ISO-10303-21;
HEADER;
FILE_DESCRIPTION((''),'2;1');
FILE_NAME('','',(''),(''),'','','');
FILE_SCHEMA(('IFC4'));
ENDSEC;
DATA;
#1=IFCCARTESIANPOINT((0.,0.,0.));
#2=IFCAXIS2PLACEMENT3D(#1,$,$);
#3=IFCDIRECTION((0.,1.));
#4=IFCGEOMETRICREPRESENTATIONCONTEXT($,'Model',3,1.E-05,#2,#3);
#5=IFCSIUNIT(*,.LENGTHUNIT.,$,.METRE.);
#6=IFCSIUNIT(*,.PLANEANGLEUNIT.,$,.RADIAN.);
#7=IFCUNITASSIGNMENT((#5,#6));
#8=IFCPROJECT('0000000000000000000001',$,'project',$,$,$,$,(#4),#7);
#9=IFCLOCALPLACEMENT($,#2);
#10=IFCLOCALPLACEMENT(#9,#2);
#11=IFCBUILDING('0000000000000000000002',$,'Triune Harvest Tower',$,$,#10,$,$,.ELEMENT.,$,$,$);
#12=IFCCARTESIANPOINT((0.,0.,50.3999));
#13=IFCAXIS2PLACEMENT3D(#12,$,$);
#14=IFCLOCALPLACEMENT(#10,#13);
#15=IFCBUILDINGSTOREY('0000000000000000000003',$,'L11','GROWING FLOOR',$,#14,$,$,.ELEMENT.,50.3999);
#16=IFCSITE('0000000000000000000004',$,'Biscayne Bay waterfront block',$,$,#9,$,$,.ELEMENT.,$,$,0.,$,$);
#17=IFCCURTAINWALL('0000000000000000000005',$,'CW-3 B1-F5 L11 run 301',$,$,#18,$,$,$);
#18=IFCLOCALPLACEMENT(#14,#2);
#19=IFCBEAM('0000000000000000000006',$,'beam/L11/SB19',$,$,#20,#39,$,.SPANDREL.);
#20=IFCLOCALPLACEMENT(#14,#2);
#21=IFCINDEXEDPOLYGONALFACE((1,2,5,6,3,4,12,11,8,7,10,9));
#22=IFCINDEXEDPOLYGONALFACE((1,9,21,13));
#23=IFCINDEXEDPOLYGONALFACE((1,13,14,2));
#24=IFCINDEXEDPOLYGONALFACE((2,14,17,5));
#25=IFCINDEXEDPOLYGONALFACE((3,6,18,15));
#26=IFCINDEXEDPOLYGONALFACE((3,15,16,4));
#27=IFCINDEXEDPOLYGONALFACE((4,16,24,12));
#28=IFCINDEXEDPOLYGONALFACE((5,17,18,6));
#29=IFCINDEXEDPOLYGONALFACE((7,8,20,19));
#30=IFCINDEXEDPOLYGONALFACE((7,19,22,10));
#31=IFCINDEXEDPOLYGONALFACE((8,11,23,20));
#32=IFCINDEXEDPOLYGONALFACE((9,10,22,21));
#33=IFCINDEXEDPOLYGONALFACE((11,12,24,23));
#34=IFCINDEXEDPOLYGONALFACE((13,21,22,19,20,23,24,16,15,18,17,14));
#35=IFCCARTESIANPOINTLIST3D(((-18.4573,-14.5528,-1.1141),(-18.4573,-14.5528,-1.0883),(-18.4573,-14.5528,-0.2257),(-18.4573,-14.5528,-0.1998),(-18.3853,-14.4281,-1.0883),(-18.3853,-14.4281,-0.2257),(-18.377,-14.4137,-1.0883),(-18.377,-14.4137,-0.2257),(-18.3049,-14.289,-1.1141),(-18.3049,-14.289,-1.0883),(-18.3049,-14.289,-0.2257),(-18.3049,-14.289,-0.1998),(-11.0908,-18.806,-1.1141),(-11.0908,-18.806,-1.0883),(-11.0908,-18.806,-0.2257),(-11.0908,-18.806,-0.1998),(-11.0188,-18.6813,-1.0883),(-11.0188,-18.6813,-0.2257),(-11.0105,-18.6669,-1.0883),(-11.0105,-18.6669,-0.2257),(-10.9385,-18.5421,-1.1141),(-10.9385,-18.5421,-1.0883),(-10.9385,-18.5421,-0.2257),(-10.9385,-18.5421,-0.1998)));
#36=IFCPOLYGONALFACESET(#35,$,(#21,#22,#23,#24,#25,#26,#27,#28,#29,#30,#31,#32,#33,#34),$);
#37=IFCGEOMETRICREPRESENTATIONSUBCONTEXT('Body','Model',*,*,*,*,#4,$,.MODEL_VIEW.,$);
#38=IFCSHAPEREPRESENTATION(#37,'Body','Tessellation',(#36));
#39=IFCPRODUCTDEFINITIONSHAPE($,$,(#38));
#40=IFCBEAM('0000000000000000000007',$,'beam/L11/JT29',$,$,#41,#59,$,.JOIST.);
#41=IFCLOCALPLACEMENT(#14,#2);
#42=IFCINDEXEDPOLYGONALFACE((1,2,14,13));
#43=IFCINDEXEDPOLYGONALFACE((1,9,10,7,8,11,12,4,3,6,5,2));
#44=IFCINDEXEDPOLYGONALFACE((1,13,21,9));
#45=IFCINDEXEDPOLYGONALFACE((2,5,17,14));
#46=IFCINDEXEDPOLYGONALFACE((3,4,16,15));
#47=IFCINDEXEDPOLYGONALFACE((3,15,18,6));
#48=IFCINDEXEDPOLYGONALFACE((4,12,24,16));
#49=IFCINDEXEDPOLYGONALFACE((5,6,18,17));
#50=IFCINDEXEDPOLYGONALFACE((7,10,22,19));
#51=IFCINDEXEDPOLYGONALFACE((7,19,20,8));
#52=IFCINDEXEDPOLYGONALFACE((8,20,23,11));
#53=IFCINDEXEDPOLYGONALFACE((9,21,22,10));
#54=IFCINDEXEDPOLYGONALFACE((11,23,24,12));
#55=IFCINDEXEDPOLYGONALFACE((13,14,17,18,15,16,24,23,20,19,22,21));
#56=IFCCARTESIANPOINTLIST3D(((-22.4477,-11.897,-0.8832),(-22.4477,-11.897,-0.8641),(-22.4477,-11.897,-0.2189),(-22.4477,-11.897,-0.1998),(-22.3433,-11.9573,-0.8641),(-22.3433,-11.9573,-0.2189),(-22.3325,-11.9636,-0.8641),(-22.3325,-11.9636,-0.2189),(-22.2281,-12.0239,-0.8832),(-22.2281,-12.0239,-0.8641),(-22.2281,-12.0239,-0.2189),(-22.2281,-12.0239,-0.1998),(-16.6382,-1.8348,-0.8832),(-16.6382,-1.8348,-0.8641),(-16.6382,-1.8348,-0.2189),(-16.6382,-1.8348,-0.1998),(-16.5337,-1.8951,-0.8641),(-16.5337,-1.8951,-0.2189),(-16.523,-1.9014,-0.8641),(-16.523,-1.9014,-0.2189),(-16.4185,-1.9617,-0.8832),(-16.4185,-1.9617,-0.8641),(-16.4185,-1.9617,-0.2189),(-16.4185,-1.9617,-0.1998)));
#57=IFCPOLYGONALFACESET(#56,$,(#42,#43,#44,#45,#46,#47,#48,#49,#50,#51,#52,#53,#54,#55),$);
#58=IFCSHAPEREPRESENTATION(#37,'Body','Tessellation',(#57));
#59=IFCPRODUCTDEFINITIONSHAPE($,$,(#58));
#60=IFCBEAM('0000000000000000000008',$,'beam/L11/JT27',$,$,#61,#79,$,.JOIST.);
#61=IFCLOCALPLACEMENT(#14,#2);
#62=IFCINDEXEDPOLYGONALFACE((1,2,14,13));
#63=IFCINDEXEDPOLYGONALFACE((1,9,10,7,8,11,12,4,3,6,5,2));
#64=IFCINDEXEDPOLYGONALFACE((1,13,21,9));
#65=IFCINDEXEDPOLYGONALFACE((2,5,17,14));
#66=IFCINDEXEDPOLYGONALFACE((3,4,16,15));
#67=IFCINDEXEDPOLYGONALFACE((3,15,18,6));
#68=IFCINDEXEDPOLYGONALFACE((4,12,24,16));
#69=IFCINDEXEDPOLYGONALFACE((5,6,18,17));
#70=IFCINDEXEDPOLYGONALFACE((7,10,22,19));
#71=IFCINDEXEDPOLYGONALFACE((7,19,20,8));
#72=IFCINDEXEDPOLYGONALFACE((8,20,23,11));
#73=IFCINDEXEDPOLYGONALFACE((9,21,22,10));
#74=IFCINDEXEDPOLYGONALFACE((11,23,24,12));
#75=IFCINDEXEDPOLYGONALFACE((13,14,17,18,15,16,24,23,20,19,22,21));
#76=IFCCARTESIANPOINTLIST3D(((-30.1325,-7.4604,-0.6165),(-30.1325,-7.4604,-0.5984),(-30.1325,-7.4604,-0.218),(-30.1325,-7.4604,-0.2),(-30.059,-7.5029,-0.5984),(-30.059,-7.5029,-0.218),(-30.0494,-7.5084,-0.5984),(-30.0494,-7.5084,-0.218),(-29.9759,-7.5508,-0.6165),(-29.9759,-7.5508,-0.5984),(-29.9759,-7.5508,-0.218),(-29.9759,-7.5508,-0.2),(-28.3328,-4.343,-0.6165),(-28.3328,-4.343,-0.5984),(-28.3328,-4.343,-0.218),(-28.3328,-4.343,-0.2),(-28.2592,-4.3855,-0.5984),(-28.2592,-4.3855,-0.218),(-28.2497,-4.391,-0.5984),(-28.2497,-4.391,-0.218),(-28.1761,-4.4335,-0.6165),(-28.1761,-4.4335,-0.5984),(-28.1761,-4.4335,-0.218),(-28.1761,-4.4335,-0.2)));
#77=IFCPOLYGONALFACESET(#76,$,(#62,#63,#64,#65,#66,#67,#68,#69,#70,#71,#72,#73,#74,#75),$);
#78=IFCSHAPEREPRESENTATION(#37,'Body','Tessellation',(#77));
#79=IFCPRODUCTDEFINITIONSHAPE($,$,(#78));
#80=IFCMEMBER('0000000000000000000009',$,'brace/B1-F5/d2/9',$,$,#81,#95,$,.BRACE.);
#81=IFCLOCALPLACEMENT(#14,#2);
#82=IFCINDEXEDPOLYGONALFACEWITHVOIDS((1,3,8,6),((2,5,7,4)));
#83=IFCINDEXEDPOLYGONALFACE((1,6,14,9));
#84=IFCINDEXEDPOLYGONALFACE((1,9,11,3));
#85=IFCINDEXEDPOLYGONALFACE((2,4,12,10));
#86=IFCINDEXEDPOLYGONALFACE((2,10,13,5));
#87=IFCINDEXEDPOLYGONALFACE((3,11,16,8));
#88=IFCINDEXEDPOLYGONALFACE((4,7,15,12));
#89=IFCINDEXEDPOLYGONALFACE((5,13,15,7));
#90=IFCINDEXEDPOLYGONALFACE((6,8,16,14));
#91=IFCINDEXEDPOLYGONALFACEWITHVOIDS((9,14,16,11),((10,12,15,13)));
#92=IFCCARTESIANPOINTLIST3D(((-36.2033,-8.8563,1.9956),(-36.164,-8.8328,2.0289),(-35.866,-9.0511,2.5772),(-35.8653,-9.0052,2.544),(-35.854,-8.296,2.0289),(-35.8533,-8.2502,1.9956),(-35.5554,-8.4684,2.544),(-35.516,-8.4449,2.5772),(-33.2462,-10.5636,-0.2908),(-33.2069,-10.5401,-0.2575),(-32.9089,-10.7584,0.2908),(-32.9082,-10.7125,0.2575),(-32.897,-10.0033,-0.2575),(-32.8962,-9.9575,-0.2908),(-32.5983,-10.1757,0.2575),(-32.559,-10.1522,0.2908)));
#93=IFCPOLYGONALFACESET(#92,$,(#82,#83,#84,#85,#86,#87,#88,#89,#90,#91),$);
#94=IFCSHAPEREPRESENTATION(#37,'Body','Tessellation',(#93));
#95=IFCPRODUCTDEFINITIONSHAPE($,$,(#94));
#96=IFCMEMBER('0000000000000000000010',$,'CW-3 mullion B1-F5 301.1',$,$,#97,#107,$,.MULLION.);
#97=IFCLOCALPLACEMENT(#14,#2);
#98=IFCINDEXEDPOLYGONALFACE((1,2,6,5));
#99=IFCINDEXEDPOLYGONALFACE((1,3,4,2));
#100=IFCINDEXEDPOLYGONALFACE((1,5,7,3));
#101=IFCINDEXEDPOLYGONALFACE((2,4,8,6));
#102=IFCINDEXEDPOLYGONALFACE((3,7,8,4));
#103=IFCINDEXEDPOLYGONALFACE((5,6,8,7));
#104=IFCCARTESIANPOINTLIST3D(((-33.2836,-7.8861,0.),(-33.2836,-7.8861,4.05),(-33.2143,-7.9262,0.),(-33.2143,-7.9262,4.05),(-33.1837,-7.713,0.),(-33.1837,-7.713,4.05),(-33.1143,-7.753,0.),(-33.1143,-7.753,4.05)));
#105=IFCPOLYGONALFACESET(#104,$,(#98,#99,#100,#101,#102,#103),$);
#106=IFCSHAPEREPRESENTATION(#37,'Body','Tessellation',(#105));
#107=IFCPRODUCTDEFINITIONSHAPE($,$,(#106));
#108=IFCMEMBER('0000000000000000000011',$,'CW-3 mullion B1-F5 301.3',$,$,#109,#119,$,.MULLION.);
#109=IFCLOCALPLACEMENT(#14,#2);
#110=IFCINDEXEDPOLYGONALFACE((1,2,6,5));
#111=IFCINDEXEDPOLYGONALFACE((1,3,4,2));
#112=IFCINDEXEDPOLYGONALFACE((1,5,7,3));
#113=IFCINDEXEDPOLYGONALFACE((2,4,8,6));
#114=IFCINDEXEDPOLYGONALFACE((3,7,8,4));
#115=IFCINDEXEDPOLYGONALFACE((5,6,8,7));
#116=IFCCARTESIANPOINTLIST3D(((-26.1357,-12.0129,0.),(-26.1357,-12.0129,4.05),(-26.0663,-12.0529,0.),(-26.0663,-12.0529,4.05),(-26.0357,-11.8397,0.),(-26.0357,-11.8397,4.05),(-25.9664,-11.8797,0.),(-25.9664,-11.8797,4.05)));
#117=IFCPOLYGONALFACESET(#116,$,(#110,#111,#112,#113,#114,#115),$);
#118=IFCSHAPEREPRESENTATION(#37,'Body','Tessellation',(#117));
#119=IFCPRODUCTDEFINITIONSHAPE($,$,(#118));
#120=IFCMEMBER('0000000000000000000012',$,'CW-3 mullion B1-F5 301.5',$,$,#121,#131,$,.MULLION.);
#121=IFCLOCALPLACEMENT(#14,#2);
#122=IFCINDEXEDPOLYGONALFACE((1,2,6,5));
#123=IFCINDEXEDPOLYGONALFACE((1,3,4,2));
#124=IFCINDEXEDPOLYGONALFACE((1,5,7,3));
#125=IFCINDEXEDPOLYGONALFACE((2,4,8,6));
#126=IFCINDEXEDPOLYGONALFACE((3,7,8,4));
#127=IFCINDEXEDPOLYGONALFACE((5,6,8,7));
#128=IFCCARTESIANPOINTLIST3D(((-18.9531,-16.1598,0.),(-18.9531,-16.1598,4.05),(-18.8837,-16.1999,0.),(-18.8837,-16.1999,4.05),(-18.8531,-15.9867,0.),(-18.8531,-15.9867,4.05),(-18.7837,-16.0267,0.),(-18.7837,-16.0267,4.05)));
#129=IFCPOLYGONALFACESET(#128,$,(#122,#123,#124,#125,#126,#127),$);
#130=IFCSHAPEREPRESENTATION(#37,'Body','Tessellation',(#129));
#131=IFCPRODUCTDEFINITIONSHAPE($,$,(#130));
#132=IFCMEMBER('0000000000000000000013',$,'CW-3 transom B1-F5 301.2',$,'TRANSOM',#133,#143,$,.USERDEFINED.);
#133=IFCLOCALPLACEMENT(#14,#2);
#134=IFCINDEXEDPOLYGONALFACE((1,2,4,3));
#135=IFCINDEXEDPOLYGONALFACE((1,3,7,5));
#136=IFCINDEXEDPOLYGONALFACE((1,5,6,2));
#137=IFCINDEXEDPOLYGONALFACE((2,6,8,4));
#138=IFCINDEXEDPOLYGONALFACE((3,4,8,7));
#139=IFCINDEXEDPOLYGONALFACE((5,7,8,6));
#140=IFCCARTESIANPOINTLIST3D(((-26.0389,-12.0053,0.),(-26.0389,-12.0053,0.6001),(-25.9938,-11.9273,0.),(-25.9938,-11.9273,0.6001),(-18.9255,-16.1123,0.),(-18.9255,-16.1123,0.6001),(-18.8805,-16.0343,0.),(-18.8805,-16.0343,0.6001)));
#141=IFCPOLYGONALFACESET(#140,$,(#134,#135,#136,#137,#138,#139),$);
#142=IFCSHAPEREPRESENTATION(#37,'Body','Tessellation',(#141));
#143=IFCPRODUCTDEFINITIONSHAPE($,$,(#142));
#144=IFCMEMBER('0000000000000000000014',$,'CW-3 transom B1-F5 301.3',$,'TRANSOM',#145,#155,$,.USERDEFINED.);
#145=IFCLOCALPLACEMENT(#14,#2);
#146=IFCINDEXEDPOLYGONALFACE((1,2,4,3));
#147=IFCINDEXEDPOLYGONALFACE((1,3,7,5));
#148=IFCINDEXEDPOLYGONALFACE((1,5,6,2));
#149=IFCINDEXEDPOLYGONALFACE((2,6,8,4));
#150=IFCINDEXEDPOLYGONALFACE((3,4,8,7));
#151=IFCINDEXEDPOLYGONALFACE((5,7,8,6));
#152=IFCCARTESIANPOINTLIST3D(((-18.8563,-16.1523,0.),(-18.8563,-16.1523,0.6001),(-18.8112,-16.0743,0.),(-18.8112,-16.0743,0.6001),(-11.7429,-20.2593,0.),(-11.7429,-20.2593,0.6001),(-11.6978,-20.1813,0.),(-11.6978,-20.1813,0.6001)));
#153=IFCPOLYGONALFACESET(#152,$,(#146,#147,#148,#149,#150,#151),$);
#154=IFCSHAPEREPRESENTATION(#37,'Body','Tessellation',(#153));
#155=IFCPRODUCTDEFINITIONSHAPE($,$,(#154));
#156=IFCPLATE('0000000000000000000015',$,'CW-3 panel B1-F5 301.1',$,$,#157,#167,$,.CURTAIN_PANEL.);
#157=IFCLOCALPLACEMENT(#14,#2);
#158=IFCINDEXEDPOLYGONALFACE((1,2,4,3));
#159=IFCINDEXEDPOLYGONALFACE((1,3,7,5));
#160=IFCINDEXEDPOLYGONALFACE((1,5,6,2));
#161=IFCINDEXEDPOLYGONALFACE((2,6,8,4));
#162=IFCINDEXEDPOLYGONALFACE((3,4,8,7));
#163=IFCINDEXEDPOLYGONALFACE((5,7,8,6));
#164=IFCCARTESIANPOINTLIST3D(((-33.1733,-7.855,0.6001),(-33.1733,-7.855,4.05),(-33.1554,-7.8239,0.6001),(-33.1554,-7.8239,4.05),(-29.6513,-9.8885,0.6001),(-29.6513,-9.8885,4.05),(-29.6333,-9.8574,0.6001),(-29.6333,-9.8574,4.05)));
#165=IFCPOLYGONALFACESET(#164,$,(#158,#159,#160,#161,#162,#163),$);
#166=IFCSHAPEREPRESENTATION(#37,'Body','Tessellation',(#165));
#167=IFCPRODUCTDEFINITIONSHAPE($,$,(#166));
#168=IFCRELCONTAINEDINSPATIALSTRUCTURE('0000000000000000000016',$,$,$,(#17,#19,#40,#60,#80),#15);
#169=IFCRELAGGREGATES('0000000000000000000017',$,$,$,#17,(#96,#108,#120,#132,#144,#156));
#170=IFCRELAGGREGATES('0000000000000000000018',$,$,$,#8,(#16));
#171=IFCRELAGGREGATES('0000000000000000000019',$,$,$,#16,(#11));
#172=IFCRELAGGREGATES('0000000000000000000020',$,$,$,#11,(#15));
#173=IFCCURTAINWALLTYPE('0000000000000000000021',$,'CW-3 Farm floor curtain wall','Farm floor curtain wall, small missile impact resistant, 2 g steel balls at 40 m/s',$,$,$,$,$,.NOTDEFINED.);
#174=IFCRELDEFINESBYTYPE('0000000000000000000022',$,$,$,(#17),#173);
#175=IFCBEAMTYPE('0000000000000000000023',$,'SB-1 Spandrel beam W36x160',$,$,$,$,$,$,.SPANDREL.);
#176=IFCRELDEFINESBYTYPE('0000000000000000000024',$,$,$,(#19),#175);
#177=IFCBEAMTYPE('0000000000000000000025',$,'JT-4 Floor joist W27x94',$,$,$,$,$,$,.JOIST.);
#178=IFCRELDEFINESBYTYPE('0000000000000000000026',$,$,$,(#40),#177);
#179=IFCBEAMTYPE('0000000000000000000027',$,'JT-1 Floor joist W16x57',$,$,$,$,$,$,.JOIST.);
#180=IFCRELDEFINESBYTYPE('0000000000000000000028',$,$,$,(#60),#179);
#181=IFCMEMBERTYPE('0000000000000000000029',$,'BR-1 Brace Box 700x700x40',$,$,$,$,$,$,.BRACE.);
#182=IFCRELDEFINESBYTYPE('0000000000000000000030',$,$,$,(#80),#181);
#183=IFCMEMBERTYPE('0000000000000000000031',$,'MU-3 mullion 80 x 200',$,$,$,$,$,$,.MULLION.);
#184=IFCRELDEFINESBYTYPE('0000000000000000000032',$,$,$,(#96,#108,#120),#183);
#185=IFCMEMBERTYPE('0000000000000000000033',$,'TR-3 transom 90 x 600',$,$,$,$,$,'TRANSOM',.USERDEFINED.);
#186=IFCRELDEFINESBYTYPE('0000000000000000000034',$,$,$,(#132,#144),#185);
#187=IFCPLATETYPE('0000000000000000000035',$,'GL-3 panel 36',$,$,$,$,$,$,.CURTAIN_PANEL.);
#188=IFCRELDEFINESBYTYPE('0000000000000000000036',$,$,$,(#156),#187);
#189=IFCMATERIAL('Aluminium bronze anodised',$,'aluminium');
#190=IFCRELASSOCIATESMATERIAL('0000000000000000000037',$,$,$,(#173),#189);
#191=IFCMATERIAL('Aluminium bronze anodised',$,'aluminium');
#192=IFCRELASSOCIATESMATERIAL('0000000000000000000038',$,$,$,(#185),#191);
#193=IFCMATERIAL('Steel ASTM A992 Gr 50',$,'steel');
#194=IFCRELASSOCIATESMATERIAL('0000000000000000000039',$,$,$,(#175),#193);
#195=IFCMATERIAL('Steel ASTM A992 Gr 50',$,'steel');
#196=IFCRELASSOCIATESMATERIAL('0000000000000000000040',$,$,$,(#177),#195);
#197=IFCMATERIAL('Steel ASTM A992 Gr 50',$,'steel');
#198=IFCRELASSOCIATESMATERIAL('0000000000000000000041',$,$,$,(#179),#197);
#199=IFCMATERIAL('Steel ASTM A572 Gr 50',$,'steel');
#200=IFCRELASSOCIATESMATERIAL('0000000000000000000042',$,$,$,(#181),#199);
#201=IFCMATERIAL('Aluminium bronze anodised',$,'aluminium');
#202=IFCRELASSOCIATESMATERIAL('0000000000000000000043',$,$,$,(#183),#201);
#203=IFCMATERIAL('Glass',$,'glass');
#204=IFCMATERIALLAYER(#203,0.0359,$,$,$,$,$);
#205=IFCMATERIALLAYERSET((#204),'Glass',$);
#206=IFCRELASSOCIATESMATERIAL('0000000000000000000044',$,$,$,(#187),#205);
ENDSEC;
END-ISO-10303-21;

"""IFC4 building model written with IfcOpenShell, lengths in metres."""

from ifc_helpers import new_model, si_unit, direction, frame, origin, origin_2d, place, context, subcontext, project, spatial, rectangle, hollow_rectangle, i_section, extrude, source, transform, mapped, material, layer, layer_set, material_profile, profile_set, type_object, element, aggregate, save


model = new_model("IFC4")

# Units and contexts
model_context = context("Model", 3, precision=1e-05, world=origin(), true_north=direction((0.0, 1.0)))
body_context = subcontext(model_context, "Body", "Model", "MODEL_VIEW")
ifc_project = project(units=[si_unit("LENGTHUNIT", "METRE"), si_unit("PLANEANGLEUNIT", "RADIAN")], contexts=[model_context])

# Site, building, storey
site_placement = place(None, origin())
site = spatial("IfcSite", under=ifc_project, at=site_placement, Name="Biscayne Bay waterfront block", CompositionType="ELEMENT", RefElevation=0.0)
building_placement = place(site_placement, origin())
building = spatial("IfcBuilding", under=site, at=building_placement, Name="Triune Harvest Tower", CompositionType="ELEMENT")
storey_placement = place(building_placement, frame((0.0, 0.0, 50.3999)))
storey = spatial("IfcBuildingStorey", under=building, at=storey_placement, Name="L11", Description="GROWING FLOOR", CompositionType="ELEMENT", Elevation=50.3999)

# Curtain wall
ifc_material_1 = material(Name="Aluminium bronze anodised", Category="aluminium")
curtain_wall_type = type_object("IfcCurtainWallType", Name="CW-3 Farm floor curtain wall", Description="Farm floor curtain wall, small missile impact resistant, 2 g steel balls at 40 m/s", PredefinedType="NOTDEFINED", material=ifc_material_1)
curtain_wall_placement = place(storey_placement, origin())
curtain_wall = element("IfcCurtainWall", 1, at=curtain_wall_placement, inside=storey, type_object=curtain_wall_type, Name="CW-3 B1-F5 L11 run 301")
ifc_material_2 = material(Name="Aluminium bronze anodised", Category="aluminium")
ifc_material_profile_1 = material_profile(ifc_material_2, rectangle(XDim=0.0901, YDim=0.6001, at=origin_2d()), Name="TR-3 transom 90 x 600")
ifc_profile_set_1 = profile_set([ifc_material_profile_1], Name="Aluminium bronze anodised")
member_type_1 = type_object("IfcMemberType", Name="TR-3 transom 90 x 600", ElementType="TRANSOM", PredefinedType="USERDEFINED", material=ifc_profile_set_1)

# Beams
ifc_material_3 = material(Name="Steel ASTM A992 Gr 50", Category="steel")
ifc_material_profile_2 = material_profile(ifc_material_3, i_section(OverallWidth=0.3047, OverallDepth=0.9143, WebThickness=0.0166, FlangeThickness=0.0259, at=origin_2d()), Name="W36x160")
ifc_profile_set_2 = profile_set([ifc_material_profile_2], Name="Steel ASTM A992 Gr 50")
beam_type_1 = type_object("IfcBeamType", Name="SB-1 Spandrel beam W36x160", PredefinedType="SPANDREL", material=ifc_profile_set_2)
shared_shape_1 = source(origin(), body_context, "Body", "SweptSolid", [
    extrude(i_section(OverallWidth=0.3047, OverallDepth=0.9143, WebThickness=0.0166, FlangeThickness=0.0259, at=origin_2d()), origin(), (0.0, 0.0, 1.0), 8.5061),
])
for number, where, z_axis, x_axis, name in (
    (2, (-18.3811, -14.4209, -0.657), (0.866018, -0.500013, 0.0), (0.500013, 0.866018, 0.0), "beam/L11/SB19"),
):
    element("IfcBeam", number, at=place(storey_placement, frame(where, z_axis=z_axis, x_axis=x_axis)), inside=storey, type_object=beam_type_1, Name=name, PredefinedType="SPANDREL", context=body_context, shape_type="MappedRepresentation", body=[
        mapped(shared_shape_1, transform((0.0, 0.0, 0.0), scale=1.0)),
    ])
ifc_material_4 = material(Name="Steel ASTM A992 Gr 50", Category="steel")
ifc_material_profile_3 = material_profile(ifc_material_4, i_section(OverallWidth=0.2537, OverallDepth=0.6833, WebThickness=0.0125, FlangeThickness=0.019, at=origin_2d()), Name="W27x94")
ifc_profile_set_3 = profile_set([ifc_material_profile_3], Name="Steel ASTM A992 Gr 50")
beam_type_2 = type_object("IfcBeamType", Name="JT-4 Floor joist W27x94", PredefinedType="JOIST", material=ifc_profile_set_3)
shared_shape_2 = source(origin(), body_context, "Body", "SweptSolid", [
    extrude(i_section(OverallWidth=0.2537, OverallDepth=0.6833, WebThickness=0.0125, FlangeThickness=0.019, at=origin_2d()), origin(), (0.0, 0.0, 1.0), 11.6189),
])
beam_1_placement = place(storey_placement, frame((-22.3379, -11.9604, -0.5415), z_axis=(0.500008, 0.866021, 0.0), x_axis=(-0.866021, 0.500008, 0.0)))
element("IfcBeam", 3, at=beam_1_placement, inside=storey, type_object=beam_type_2, Name="beam/L11/JT29", PredefinedType="JOIST", context=body_context, shape_type="MappedRepresentation", body=[
    mapped(shared_shape_2, transform((0.0, 0.0, 0.0), scale=1.0)),
])
ifc_material_5 = material(Name="Steel ASTM A992 Gr 50", Category="steel")
ifc_material_profile_4 = material_profile(ifc_material_5, i_section(OverallWidth=0.1809, OverallDepth=0.4165, WebThickness=0.011, FlangeThickness=0.0181, at=origin_2d()), Name="W16x57")
ifc_profile_set_4 = profile_set([ifc_material_profile_4], Name="Steel ASTM A992 Gr 50")
beam_type_3 = type_object("IfcBeamType", Name="JT-1 Floor joist W16x57", PredefinedType="JOIST", material=ifc_profile_set_4)
shared_shape_3 = source(origin(), body_context, "Body", "SweptSolid", [
    extrude(i_section(OverallWidth=0.1809, OverallDepth=0.4165, WebThickness=0.011, FlangeThickness=0.0181, at=origin_2d()), origin(), (0.0, 0.0, 1.0), 3.5996),
])
beam_2_placement = place(storey_placement, frame((-30.0542, -7.5056, -0.4082), z_axis=(0.499991, 0.866031, 0.0), x_axis=(-0.866031, 0.499991, 0.0)))
element("IfcBeam", 4, at=beam_2_placement, inside=storey, type_object=beam_type_3, Name="beam/L11/JT27", PredefinedType="JOIST", context=body_context, shape_type="MappedRepresentation", body=[
    mapped(shared_shape_3, transform((0.0, 0.0, 0.0), scale=1.0)),
])

# Members
ifc_material_6 = material(Name="Steel ASTM A572 Gr 50", Category="steel")
ifc_material_profile_5 = material_profile(ifc_material_6, hollow_rectangle(XDim=0.7, YDim=0.7, WallThickness=0.04, at=origin_2d()), Name="Box 700x700x40")
ifc_profile_set_5 = profile_set([ifc_material_profile_5], Name="Steel ASTM A572 Gr 50")
member_type_2 = type_object("IfcMemberType", Name="BR-1 Brace Box 700x700x40", PredefinedType="BRACE", material=ifc_profile_set_5)
shared_shape_4 = source(origin(), body_context, "Body", "SweptSolid", [
    extrude(hollow_rectangle(XDim=0.7, YDim=0.7, WallThickness=0.04, at=origin_2d()), origin(), (0.0, 0.0, 1.0), 4.1094),
])
member_1_placement = place(storey_placement, frame((-32.9026, -10.3579, 0.0), z_axis=(-0.719595, 0.415466, 0.556391), x_axis=(-0.500007, -0.866021, 0.0)))
element("IfcMember", 5, at=member_1_placement, inside=storey, type_object=member_type_2, Name="brace/B1-F5/d2/9", PredefinedType="BRACE", context=body_context, shape_type="MappedRepresentation", body=[
    mapped(shared_shape_4, transform((0.0, 0.0, 0.0), scale=1.0)),
])
ifc_material_7 = material(Name="Aluminium bronze anodised", Category="aluminium")
ifc_material_profile_6 = material_profile(ifc_material_7, rectangle(XDim=0.2, YDim=0.0801, at=origin_2d()), Name="MU-3 mullion 80 x 200")
ifc_profile_set_6 = profile_set([ifc_material_profile_6], Name="Aluminium bronze anodised")
member_type_3 = type_object("IfcMemberType", Name="MU-3 mullion 80 x 200", PredefinedType="MULLION", material=ifc_profile_set_6)
shared_shape_5 = source(origin(), body_context, "Body", "SweptSolid", [
    extrude(rectangle(XDim=0.2, YDim=0.0801, at=origin_2d()), origin(), (0.0, 0.0, 1.0), 4.05),
])
member_2_placement = place(storey_placement, frame((-33.199, -7.8196, 0.0), z_axis=(0.0, 0.0, 1.0), x_axis=(0.499999, 0.866026, 0.0)))
member_2 = element("IfcMember", 6, at=member_2_placement, type_object=member_type_3, Name="CW-3 mullion B1-F5 301.1", PredefinedType="MULLION", context=body_context, shape_type="MappedRepresentation", body=[
    mapped(shared_shape_5, transform((0.0, 0.0, 0.0), scale=1.0)),
])
member_3_placement = place(storey_placement, frame((-26.051, -11.9463, 0.0), z_axis=(0.0, 0.0, 1.0), x_axis=(0.499999, 0.866026, 0.0)))
member_3 = element("IfcMember", 7, at=member_3_placement, type_object=member_type_3, Name="CW-3 mullion B1-F5 301.3", PredefinedType="MULLION", context=body_context, shape_type="MappedRepresentation", body=[
    mapped(shared_shape_5, transform((0.0, 0.0, 0.0), scale=1.0)),
])
member_4_placement = place(storey_placement, frame((-18.8684, -16.0933, 0.0), z_axis=(0.0, 0.0, 1.0), x_axis=(0.499999, 0.866026, 0.0)))
member_4 = element("IfcMember", 8, at=member_4_placement, type_object=member_type_3, Name="CW-3 mullion B1-F5 301.5", PredefinedType="MULLION", context=body_context, shape_type="MappedRepresentation", body=[
    mapped(shared_shape_5, transform((0.0, 0.0, 0.0), scale=1.0)),
])
shared_shape_6 = source(origin(), body_context, "Body", "SweptSolid", [
    extrude(rectangle(XDim=0.0901, YDim=0.6001, at=origin_2d()), origin(), (0.0, 0.0, 1.0), 8.2139),
])
member_5_placement = place(storey_placement, frame((-26.0164, -11.9663, 0.3), z_axis=(0.866021, -0.500007, 0.0), x_axis=(0.500007, 0.866021, 0.0)))
member_5 = element("IfcMember", 9, at=member_5_placement, type_object=member_type_1, Name="CW-3 transom B1-F5 301.2", ObjectType="TRANSOM", PredefinedType="USERDEFINED", context=body_context, shape_type="MappedRepresentation", body=[
    mapped(shared_shape_6, transform((0.0, 0.0, 0.0), scale=1.0)),
])
member_6_placement = place(storey_placement, frame((-18.8337, -16.1133, 0.3), z_axis=(0.866021, -0.500007, 0.0), x_axis=(0.500007, 0.866021, 0.0)))
member_6 = element("IfcMember", 10, at=member_6_placement, type_object=member_type_1, Name="CW-3 transom B1-F5 301.3", ObjectType="TRANSOM", PredefinedType="USERDEFINED", context=body_context, shape_type="MappedRepresentation", body=[
    mapped(shared_shape_6, transform((0.0, 0.0, 0.0), scale=1.0)),
])

# Plate
ifc_material_8 = material(Name="Glass", Category="glass")
ifc_layer_1 = layer(ifc_material_8, 0.0359)
ifc_layer_set_1 = layer_set([ifc_layer_1], Name="Glass")
plate_type = type_object("IfcPlateType", Name="GL-3 panel 36", PredefinedType="CURTAIN_PANEL", material=ifc_layer_set_1)
shared_shape_7 = source(origin(), body_context, "Body", "SweptSolid", [
    extrude(rectangle(XDim=4.0669, YDim=0.0359, at=origin_2d()), origin(), (0.0, 0.0, 1.0), 3.45),
])
plate_1_placement = place(storey_placement, frame((-31.4033, -8.8562, 0.6001), z_axis=(0.0, 0.0, 1.0), x_axis=(0.866026, -0.499999, 0.0)))
plate_1 = element("IfcPlate", 11, at=plate_1_placement, type_object=plate_type, Name="CW-3 panel B1-F5 301.1", PredefinedType="CURTAIN_PANEL", context=body_context, shape_type="MappedRepresentation", body=[
    mapped(shared_shape_7, transform((0.0, 0.0, 0.0), scale=1.0)),
])
aggregate(curtain_wall, [member_2, member_3, member_4, member_5, member_6, plate_1])

save(model, "model.ifc")
